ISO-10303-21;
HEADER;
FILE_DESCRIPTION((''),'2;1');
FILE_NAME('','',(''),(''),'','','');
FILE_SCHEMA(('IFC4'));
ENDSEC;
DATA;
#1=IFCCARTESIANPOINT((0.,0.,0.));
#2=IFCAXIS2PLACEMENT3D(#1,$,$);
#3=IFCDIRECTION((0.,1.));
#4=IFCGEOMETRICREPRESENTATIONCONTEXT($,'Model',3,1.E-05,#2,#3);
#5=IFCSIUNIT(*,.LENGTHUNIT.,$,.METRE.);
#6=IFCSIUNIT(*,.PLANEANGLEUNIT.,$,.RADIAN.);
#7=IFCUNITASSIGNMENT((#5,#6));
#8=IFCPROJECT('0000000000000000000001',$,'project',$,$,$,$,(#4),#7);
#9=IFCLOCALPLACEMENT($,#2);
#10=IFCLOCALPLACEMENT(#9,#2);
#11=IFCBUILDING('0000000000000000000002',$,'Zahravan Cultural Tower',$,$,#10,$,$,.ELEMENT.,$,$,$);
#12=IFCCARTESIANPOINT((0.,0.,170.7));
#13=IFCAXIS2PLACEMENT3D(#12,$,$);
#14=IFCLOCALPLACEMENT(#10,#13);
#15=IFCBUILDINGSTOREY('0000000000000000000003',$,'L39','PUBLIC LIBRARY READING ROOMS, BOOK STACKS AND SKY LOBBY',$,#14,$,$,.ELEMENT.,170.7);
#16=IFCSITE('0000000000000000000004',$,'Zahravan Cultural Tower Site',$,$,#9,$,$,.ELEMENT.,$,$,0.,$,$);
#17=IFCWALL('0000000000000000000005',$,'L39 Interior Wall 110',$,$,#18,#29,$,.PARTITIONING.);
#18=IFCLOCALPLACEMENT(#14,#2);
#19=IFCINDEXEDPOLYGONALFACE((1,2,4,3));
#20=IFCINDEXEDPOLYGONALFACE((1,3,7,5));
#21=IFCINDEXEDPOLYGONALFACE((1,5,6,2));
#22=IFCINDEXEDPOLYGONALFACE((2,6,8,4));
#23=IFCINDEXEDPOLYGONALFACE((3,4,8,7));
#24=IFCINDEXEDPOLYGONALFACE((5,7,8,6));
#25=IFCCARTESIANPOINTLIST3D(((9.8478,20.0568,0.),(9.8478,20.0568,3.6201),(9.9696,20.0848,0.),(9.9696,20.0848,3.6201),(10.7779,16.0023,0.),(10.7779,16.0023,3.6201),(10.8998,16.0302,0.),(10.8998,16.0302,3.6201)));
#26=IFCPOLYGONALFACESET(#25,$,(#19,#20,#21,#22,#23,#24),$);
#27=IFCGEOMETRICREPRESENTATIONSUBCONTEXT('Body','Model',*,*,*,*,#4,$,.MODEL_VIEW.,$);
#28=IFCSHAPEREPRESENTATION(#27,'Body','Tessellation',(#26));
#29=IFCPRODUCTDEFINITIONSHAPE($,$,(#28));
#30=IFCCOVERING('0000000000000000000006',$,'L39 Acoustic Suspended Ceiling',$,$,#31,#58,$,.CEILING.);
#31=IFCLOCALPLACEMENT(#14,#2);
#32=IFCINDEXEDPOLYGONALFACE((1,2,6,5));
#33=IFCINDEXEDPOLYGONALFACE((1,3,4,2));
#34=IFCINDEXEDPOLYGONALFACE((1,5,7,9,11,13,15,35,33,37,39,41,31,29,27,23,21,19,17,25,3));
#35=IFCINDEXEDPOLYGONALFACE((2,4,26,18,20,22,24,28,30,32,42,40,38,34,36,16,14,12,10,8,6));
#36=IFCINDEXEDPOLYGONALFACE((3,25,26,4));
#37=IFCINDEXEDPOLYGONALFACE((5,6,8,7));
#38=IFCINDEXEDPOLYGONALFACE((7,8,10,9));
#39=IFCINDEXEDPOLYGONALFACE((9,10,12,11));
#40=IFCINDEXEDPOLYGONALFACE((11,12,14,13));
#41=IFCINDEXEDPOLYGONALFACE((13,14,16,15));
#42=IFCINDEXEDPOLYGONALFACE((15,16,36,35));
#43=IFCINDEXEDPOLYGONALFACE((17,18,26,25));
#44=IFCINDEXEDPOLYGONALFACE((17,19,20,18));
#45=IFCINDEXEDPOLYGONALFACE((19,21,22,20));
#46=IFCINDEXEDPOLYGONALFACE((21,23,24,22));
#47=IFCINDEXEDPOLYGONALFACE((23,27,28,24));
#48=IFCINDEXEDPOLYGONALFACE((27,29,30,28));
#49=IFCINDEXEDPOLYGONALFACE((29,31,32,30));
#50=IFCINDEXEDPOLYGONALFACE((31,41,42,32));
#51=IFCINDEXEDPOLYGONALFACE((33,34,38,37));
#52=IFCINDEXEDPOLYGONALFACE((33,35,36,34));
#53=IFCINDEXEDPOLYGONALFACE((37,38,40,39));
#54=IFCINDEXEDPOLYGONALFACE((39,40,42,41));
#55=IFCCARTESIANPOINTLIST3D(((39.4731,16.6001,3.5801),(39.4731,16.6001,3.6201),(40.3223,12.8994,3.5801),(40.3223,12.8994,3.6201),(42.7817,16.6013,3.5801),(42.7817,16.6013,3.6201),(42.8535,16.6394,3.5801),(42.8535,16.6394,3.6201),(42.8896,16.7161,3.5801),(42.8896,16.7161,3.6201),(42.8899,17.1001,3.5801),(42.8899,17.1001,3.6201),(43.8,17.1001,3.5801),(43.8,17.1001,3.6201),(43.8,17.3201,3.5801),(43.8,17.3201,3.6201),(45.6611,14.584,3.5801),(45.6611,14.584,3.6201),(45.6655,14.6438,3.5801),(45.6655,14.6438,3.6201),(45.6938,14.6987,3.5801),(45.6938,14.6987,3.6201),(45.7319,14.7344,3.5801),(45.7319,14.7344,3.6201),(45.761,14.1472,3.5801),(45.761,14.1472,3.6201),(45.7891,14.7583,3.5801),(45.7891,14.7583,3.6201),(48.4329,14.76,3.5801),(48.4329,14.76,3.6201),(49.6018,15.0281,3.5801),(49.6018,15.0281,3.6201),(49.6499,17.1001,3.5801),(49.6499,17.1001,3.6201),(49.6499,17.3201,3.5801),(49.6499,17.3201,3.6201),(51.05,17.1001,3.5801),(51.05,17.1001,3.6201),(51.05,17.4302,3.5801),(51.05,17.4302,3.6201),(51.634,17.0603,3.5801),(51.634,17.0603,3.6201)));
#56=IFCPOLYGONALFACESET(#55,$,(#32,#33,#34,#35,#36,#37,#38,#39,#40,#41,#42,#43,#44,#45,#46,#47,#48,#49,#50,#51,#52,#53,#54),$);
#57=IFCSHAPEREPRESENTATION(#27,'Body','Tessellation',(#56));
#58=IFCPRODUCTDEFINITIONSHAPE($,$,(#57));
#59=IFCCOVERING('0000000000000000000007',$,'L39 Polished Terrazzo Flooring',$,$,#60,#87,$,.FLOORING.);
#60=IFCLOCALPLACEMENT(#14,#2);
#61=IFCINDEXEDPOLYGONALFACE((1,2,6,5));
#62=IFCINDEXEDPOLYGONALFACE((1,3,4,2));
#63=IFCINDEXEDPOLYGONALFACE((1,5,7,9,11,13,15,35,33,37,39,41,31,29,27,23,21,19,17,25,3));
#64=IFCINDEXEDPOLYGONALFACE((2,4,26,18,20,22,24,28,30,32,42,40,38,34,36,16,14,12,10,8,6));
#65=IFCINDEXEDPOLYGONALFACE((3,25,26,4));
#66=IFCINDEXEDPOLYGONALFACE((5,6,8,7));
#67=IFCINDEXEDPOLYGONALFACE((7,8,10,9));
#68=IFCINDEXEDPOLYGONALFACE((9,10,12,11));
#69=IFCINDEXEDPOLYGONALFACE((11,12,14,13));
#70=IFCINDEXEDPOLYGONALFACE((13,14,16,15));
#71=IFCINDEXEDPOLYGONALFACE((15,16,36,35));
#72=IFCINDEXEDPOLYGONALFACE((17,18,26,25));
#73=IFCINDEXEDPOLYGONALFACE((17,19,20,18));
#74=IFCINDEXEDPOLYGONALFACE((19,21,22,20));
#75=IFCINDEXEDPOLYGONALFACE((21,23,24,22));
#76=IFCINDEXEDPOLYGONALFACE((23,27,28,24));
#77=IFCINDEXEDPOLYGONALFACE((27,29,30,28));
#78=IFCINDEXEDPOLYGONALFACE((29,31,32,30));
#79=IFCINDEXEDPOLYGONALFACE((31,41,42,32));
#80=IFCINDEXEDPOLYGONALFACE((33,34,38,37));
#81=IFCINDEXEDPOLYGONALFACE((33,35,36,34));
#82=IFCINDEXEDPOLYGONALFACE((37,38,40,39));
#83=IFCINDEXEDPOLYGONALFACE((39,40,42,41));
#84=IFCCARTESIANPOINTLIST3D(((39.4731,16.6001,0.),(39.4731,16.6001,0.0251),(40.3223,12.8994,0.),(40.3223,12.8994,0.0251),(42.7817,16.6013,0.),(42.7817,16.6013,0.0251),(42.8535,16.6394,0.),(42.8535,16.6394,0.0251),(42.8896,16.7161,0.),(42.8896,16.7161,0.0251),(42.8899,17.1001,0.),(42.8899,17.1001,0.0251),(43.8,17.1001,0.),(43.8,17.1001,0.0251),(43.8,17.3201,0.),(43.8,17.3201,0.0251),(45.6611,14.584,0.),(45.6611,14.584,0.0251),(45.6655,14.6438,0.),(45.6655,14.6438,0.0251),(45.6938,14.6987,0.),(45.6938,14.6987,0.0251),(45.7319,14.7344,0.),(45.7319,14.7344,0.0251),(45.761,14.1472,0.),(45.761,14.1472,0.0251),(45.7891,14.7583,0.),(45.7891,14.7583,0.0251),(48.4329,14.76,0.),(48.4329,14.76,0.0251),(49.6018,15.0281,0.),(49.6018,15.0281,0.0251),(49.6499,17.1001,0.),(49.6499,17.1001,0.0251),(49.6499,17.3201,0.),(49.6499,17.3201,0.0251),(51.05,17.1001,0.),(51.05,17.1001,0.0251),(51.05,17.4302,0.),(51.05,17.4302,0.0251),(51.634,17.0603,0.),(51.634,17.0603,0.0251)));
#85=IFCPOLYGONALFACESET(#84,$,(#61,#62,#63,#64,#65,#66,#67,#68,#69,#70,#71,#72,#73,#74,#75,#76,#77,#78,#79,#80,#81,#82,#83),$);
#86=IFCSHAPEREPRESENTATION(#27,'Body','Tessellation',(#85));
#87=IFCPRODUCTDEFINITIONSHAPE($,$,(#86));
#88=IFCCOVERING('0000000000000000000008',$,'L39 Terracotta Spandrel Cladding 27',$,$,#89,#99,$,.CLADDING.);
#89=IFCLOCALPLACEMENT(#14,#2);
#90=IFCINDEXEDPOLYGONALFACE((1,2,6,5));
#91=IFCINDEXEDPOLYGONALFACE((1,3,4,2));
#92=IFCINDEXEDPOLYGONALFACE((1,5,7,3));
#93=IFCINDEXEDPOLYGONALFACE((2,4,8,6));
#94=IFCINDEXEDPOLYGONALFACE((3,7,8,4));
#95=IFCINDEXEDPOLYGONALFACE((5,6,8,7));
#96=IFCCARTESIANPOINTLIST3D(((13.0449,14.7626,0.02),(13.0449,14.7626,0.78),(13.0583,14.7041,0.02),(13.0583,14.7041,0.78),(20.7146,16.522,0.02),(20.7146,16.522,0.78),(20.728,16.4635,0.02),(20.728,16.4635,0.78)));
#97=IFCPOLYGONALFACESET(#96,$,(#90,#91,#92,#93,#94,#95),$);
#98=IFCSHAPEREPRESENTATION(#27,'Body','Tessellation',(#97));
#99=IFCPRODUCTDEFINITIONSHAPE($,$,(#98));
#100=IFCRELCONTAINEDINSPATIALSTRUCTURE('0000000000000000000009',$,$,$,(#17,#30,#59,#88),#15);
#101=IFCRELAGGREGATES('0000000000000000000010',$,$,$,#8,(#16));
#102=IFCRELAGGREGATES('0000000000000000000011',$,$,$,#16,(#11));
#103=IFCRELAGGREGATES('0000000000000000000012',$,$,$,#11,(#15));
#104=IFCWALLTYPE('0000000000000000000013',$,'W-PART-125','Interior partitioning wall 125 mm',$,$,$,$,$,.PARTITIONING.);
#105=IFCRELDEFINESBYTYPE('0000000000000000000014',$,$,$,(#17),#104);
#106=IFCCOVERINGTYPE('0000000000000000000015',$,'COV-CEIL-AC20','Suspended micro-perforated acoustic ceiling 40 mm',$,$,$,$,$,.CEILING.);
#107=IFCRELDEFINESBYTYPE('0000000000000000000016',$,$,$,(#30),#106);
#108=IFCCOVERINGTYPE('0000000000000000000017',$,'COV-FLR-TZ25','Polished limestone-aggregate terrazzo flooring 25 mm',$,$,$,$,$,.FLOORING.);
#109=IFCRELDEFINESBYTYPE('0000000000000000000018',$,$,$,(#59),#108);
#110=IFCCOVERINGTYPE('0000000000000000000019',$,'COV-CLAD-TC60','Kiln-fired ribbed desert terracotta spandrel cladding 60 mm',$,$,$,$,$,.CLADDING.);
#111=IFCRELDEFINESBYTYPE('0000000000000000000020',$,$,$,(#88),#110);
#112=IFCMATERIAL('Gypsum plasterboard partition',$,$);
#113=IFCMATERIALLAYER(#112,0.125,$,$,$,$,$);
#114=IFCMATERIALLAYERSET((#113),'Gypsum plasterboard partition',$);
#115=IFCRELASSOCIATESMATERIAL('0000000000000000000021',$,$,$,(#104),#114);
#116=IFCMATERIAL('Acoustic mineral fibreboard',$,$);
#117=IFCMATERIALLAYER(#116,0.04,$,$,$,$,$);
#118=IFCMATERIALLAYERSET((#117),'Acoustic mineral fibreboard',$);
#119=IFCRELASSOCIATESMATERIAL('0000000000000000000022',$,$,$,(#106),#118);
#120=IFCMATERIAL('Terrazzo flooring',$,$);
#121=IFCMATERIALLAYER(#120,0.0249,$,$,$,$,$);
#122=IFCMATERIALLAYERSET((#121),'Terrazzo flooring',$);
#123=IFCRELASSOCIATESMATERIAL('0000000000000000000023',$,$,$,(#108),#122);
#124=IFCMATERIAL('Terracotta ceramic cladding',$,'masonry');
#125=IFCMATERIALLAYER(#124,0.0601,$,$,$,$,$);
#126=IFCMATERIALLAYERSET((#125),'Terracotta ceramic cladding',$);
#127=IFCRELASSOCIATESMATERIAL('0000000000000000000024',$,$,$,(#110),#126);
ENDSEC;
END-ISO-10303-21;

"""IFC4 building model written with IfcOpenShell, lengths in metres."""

from ifc_helpers import new_model, si_unit, direction, frame, frame_2d, origin, origin_2d, place, context, subcontext, project, spatial, polyline, rectangle, outline, extrude, source, transform, mapped, material, layer, layer_set, type_object, element, save


model = new_model("IFC4")

# Units and contexts
model_context = context("Model", 3, precision=1e-05, world=origin(), true_north=direction((0.0, 1.0)))
body_context = subcontext(model_context, "Body", "Model", "MODEL_VIEW")
ifc_project = project(units=[si_unit("LENGTHUNIT", "METRE"), si_unit("PLANEANGLEUNIT", "RADIAN")], contexts=[model_context])

# Site, building, storey
site_placement = place(None, origin())
site = spatial("IfcSite", under=ifc_project, at=site_placement, Name="Zahravan Cultural Tower Site", CompositionType="ELEMENT", RefElevation=0.0)
building_placement = place(site_placement, origin())
building = spatial("IfcBuilding", under=site, at=building_placement, Name="Zahravan Cultural Tower", CompositionType="ELEMENT")
storey_placement = place(building_placement, frame((0.0, 0.0, 170.7)))
storey = spatial("IfcBuildingStorey", under=building, at=storey_placement, Name="L39", Description="PUBLIC LIBRARY READING ROOMS, BOOK STACKS AND SKY LOBBY", CompositionType="ELEMENT", Elevation=170.7)

# Wall
ifc_material_1 = material(Name="Gypsum plasterboard partition")
ifc_layer_1 = layer(ifc_material_1, 0.125)
ifc_layer_set_1 = layer_set([ifc_layer_1], Name="Gypsum plasterboard partition")
wall_type_1 = type_object("IfcWallType", Name="W-PART-125", Description="Interior partitioning wall 125 mm", PredefinedType="PARTITIONING", material=ifc_layer_set_1)
shared_shape_1 = source(origin(), body_context, "Body", "SweptSolid", [
    extrude(rectangle(XDim=4.1599, YDim=0.125, at=frame_2d((2.0801, 0.0))), origin(), (0.0, 0.0, 1.0), 3.6201),
])
wall_1_placement = place(storey_placement, frame((10.8389, 16.0161, 0.0), z_axis=(0.0, 0.0, 1.0), x_axis=(-0.223599, 0.974681, 0.0)))
element("IfcWall", 1, at=wall_1_placement, inside=storey, type_object=wall_type_1, Name="L39 Interior Wall 110", PredefinedType="PARTITIONING", context=body_context, shape_type="MappedRepresentation", body=[
    mapped(shared_shape_1, transform((0.0, 0.0, 0.0), x_axis=(1.0, 0.0, 0.0), y_axis=(0.0, 1.0, 0.0), z_axis=(0.0, 0.0, 1.0), scale=1.0)),
])

# Coverings
ifc_material_2 = material(Name="Acoustic mineral fibreboard")
ifc_layer_2 = layer(ifc_material_2, 0.04)
ifc_layer_set_2 = layer_set([ifc_layer_2], Name="Acoustic mineral fibreboard")
covering_type_1 = type_object("IfcCoveringType", Name="COV-CEIL-AC20", Description="Suspended micro-perforated acoustic ceiling 40 mm", PredefinedType="CEILING", material=ifc_layer_set_2)
covering_1_placement = place(storey_placement, frame((0.0, 0.0, 3.5801)))
element("IfcCovering", 2, at=covering_1_placement, inside=storey, type_object=covering_type_1, Name="L39 Acoustic Suspended Ceiling", PredefinedType="CEILING", context=body_context, shape_type="SweptSolid", body=[
    extrude(outline(polyline([(45.761, 14.1472), (45.6611, 14.584), (45.6655, 14.6438), (45.6938, 14.6987), (45.7319, 14.7344), (45.7891, 14.7583), (48.4329, 14.76), (49.6018, 15.0281), (51.634, 17.0603), (51.05, 17.4302), (51.05, 17.1001), (49.6499, 17.1001), (49.6499, 17.3201), (43.8, 17.3201), (43.8, 17.1001), (42.8899, 17.1001), (42.8896, 16.7161), (42.8535, 16.6394), (42.7817, 16.6013), (39.4731, 16.6001), (40.3223, 12.8994), (45.761, 14.1472)])), origin(), (0.0, 0.0, 1.0), 0.04),
])
ifc_material_3 = material(Name="Terrazzo flooring")
ifc_layer_3 = layer(ifc_material_3, 0.0249)
ifc_layer_set_3 = layer_set([ifc_layer_3], Name="Terrazzo flooring")
covering_type_2 = type_object("IfcCoveringType", Name="COV-FLR-TZ25", Description="Polished limestone-aggregate terrazzo flooring 25 mm", PredefinedType="FLOORING", material=ifc_layer_set_3)
covering_2_placement = place(storey_placement, origin())
element("IfcCovering", 3, at=covering_2_placement, inside=storey, type_object=covering_type_2, Name="L39 Polished Terrazzo Flooring", PredefinedType="FLOORING", context=body_context, shape_type="SweptSolid", body=[
    extrude(outline(polyline([(45.761, 14.1472), (45.6611, 14.584), (45.6655, 14.6438), (45.6938, 14.6987), (45.7319, 14.7344), (45.7891, 14.7583), (48.4329, 14.76), (49.6018, 15.0281), (51.634, 17.0603), (51.05, 17.4302), (51.05, 17.1001), (49.6499, 17.1001), (49.6499, 17.3201), (43.8, 17.3201), (43.8, 17.1001), (42.8899, 17.1001), (42.8896, 16.7161), (42.8535, 16.6394), (42.7817, 16.6013), (39.4731, 16.6001), (40.3223, 12.8994), (45.761, 14.1472)])), origin(), (0.0, 0.0, 1.0), 0.0251),
])
ifc_material_4 = material(Name="Terracotta ceramic cladding", Category="masonry")
ifc_layer_4 = layer(ifc_material_4, 0.0601)
ifc_layer_set_4 = layer_set([ifc_layer_4], Name="Terracotta ceramic cladding")
covering_type_3 = type_object("IfcCoveringType", Name="COV-CLAD-TC60", Description="Kiln-fired ribbed desert terracotta spandrel cladding 60 mm", PredefinedType="CLADDING", material=ifc_layer_set_4)
shared_shape_2 = source(origin(), body_context, "Body", "SweptSolid", [
    extrude(rectangle(XDim=7.8689, YDim=0.0601, at=origin_2d()), origin(), (0.0, 0.0, 1.0), 0.76),
])
covering_3_placement = place(storey_placement, frame((16.8865, 15.613, 0.02), z_axis=(0.0, 0.0, 1.0), x_axis=(-0.974683, -0.22359, 0.0)))
element("IfcCovering", 4, at=covering_3_placement, inside=storey, type_object=covering_type_3, Name="L39 Terracotta Spandrel Cladding 27", PredefinedType="CLADDING", context=body_context, shape_type="MappedRepresentation", body=[
    mapped(shared_shape_2, transform((0.0, 0.0, 0.0), x_axis=(1.0, 0.0, 0.0), y_axis=(0.0, 1.0, 0.0), z_axis=(0.0, 0.0, 1.0), scale=1.0)),
])

save(model, "model.ifc")
